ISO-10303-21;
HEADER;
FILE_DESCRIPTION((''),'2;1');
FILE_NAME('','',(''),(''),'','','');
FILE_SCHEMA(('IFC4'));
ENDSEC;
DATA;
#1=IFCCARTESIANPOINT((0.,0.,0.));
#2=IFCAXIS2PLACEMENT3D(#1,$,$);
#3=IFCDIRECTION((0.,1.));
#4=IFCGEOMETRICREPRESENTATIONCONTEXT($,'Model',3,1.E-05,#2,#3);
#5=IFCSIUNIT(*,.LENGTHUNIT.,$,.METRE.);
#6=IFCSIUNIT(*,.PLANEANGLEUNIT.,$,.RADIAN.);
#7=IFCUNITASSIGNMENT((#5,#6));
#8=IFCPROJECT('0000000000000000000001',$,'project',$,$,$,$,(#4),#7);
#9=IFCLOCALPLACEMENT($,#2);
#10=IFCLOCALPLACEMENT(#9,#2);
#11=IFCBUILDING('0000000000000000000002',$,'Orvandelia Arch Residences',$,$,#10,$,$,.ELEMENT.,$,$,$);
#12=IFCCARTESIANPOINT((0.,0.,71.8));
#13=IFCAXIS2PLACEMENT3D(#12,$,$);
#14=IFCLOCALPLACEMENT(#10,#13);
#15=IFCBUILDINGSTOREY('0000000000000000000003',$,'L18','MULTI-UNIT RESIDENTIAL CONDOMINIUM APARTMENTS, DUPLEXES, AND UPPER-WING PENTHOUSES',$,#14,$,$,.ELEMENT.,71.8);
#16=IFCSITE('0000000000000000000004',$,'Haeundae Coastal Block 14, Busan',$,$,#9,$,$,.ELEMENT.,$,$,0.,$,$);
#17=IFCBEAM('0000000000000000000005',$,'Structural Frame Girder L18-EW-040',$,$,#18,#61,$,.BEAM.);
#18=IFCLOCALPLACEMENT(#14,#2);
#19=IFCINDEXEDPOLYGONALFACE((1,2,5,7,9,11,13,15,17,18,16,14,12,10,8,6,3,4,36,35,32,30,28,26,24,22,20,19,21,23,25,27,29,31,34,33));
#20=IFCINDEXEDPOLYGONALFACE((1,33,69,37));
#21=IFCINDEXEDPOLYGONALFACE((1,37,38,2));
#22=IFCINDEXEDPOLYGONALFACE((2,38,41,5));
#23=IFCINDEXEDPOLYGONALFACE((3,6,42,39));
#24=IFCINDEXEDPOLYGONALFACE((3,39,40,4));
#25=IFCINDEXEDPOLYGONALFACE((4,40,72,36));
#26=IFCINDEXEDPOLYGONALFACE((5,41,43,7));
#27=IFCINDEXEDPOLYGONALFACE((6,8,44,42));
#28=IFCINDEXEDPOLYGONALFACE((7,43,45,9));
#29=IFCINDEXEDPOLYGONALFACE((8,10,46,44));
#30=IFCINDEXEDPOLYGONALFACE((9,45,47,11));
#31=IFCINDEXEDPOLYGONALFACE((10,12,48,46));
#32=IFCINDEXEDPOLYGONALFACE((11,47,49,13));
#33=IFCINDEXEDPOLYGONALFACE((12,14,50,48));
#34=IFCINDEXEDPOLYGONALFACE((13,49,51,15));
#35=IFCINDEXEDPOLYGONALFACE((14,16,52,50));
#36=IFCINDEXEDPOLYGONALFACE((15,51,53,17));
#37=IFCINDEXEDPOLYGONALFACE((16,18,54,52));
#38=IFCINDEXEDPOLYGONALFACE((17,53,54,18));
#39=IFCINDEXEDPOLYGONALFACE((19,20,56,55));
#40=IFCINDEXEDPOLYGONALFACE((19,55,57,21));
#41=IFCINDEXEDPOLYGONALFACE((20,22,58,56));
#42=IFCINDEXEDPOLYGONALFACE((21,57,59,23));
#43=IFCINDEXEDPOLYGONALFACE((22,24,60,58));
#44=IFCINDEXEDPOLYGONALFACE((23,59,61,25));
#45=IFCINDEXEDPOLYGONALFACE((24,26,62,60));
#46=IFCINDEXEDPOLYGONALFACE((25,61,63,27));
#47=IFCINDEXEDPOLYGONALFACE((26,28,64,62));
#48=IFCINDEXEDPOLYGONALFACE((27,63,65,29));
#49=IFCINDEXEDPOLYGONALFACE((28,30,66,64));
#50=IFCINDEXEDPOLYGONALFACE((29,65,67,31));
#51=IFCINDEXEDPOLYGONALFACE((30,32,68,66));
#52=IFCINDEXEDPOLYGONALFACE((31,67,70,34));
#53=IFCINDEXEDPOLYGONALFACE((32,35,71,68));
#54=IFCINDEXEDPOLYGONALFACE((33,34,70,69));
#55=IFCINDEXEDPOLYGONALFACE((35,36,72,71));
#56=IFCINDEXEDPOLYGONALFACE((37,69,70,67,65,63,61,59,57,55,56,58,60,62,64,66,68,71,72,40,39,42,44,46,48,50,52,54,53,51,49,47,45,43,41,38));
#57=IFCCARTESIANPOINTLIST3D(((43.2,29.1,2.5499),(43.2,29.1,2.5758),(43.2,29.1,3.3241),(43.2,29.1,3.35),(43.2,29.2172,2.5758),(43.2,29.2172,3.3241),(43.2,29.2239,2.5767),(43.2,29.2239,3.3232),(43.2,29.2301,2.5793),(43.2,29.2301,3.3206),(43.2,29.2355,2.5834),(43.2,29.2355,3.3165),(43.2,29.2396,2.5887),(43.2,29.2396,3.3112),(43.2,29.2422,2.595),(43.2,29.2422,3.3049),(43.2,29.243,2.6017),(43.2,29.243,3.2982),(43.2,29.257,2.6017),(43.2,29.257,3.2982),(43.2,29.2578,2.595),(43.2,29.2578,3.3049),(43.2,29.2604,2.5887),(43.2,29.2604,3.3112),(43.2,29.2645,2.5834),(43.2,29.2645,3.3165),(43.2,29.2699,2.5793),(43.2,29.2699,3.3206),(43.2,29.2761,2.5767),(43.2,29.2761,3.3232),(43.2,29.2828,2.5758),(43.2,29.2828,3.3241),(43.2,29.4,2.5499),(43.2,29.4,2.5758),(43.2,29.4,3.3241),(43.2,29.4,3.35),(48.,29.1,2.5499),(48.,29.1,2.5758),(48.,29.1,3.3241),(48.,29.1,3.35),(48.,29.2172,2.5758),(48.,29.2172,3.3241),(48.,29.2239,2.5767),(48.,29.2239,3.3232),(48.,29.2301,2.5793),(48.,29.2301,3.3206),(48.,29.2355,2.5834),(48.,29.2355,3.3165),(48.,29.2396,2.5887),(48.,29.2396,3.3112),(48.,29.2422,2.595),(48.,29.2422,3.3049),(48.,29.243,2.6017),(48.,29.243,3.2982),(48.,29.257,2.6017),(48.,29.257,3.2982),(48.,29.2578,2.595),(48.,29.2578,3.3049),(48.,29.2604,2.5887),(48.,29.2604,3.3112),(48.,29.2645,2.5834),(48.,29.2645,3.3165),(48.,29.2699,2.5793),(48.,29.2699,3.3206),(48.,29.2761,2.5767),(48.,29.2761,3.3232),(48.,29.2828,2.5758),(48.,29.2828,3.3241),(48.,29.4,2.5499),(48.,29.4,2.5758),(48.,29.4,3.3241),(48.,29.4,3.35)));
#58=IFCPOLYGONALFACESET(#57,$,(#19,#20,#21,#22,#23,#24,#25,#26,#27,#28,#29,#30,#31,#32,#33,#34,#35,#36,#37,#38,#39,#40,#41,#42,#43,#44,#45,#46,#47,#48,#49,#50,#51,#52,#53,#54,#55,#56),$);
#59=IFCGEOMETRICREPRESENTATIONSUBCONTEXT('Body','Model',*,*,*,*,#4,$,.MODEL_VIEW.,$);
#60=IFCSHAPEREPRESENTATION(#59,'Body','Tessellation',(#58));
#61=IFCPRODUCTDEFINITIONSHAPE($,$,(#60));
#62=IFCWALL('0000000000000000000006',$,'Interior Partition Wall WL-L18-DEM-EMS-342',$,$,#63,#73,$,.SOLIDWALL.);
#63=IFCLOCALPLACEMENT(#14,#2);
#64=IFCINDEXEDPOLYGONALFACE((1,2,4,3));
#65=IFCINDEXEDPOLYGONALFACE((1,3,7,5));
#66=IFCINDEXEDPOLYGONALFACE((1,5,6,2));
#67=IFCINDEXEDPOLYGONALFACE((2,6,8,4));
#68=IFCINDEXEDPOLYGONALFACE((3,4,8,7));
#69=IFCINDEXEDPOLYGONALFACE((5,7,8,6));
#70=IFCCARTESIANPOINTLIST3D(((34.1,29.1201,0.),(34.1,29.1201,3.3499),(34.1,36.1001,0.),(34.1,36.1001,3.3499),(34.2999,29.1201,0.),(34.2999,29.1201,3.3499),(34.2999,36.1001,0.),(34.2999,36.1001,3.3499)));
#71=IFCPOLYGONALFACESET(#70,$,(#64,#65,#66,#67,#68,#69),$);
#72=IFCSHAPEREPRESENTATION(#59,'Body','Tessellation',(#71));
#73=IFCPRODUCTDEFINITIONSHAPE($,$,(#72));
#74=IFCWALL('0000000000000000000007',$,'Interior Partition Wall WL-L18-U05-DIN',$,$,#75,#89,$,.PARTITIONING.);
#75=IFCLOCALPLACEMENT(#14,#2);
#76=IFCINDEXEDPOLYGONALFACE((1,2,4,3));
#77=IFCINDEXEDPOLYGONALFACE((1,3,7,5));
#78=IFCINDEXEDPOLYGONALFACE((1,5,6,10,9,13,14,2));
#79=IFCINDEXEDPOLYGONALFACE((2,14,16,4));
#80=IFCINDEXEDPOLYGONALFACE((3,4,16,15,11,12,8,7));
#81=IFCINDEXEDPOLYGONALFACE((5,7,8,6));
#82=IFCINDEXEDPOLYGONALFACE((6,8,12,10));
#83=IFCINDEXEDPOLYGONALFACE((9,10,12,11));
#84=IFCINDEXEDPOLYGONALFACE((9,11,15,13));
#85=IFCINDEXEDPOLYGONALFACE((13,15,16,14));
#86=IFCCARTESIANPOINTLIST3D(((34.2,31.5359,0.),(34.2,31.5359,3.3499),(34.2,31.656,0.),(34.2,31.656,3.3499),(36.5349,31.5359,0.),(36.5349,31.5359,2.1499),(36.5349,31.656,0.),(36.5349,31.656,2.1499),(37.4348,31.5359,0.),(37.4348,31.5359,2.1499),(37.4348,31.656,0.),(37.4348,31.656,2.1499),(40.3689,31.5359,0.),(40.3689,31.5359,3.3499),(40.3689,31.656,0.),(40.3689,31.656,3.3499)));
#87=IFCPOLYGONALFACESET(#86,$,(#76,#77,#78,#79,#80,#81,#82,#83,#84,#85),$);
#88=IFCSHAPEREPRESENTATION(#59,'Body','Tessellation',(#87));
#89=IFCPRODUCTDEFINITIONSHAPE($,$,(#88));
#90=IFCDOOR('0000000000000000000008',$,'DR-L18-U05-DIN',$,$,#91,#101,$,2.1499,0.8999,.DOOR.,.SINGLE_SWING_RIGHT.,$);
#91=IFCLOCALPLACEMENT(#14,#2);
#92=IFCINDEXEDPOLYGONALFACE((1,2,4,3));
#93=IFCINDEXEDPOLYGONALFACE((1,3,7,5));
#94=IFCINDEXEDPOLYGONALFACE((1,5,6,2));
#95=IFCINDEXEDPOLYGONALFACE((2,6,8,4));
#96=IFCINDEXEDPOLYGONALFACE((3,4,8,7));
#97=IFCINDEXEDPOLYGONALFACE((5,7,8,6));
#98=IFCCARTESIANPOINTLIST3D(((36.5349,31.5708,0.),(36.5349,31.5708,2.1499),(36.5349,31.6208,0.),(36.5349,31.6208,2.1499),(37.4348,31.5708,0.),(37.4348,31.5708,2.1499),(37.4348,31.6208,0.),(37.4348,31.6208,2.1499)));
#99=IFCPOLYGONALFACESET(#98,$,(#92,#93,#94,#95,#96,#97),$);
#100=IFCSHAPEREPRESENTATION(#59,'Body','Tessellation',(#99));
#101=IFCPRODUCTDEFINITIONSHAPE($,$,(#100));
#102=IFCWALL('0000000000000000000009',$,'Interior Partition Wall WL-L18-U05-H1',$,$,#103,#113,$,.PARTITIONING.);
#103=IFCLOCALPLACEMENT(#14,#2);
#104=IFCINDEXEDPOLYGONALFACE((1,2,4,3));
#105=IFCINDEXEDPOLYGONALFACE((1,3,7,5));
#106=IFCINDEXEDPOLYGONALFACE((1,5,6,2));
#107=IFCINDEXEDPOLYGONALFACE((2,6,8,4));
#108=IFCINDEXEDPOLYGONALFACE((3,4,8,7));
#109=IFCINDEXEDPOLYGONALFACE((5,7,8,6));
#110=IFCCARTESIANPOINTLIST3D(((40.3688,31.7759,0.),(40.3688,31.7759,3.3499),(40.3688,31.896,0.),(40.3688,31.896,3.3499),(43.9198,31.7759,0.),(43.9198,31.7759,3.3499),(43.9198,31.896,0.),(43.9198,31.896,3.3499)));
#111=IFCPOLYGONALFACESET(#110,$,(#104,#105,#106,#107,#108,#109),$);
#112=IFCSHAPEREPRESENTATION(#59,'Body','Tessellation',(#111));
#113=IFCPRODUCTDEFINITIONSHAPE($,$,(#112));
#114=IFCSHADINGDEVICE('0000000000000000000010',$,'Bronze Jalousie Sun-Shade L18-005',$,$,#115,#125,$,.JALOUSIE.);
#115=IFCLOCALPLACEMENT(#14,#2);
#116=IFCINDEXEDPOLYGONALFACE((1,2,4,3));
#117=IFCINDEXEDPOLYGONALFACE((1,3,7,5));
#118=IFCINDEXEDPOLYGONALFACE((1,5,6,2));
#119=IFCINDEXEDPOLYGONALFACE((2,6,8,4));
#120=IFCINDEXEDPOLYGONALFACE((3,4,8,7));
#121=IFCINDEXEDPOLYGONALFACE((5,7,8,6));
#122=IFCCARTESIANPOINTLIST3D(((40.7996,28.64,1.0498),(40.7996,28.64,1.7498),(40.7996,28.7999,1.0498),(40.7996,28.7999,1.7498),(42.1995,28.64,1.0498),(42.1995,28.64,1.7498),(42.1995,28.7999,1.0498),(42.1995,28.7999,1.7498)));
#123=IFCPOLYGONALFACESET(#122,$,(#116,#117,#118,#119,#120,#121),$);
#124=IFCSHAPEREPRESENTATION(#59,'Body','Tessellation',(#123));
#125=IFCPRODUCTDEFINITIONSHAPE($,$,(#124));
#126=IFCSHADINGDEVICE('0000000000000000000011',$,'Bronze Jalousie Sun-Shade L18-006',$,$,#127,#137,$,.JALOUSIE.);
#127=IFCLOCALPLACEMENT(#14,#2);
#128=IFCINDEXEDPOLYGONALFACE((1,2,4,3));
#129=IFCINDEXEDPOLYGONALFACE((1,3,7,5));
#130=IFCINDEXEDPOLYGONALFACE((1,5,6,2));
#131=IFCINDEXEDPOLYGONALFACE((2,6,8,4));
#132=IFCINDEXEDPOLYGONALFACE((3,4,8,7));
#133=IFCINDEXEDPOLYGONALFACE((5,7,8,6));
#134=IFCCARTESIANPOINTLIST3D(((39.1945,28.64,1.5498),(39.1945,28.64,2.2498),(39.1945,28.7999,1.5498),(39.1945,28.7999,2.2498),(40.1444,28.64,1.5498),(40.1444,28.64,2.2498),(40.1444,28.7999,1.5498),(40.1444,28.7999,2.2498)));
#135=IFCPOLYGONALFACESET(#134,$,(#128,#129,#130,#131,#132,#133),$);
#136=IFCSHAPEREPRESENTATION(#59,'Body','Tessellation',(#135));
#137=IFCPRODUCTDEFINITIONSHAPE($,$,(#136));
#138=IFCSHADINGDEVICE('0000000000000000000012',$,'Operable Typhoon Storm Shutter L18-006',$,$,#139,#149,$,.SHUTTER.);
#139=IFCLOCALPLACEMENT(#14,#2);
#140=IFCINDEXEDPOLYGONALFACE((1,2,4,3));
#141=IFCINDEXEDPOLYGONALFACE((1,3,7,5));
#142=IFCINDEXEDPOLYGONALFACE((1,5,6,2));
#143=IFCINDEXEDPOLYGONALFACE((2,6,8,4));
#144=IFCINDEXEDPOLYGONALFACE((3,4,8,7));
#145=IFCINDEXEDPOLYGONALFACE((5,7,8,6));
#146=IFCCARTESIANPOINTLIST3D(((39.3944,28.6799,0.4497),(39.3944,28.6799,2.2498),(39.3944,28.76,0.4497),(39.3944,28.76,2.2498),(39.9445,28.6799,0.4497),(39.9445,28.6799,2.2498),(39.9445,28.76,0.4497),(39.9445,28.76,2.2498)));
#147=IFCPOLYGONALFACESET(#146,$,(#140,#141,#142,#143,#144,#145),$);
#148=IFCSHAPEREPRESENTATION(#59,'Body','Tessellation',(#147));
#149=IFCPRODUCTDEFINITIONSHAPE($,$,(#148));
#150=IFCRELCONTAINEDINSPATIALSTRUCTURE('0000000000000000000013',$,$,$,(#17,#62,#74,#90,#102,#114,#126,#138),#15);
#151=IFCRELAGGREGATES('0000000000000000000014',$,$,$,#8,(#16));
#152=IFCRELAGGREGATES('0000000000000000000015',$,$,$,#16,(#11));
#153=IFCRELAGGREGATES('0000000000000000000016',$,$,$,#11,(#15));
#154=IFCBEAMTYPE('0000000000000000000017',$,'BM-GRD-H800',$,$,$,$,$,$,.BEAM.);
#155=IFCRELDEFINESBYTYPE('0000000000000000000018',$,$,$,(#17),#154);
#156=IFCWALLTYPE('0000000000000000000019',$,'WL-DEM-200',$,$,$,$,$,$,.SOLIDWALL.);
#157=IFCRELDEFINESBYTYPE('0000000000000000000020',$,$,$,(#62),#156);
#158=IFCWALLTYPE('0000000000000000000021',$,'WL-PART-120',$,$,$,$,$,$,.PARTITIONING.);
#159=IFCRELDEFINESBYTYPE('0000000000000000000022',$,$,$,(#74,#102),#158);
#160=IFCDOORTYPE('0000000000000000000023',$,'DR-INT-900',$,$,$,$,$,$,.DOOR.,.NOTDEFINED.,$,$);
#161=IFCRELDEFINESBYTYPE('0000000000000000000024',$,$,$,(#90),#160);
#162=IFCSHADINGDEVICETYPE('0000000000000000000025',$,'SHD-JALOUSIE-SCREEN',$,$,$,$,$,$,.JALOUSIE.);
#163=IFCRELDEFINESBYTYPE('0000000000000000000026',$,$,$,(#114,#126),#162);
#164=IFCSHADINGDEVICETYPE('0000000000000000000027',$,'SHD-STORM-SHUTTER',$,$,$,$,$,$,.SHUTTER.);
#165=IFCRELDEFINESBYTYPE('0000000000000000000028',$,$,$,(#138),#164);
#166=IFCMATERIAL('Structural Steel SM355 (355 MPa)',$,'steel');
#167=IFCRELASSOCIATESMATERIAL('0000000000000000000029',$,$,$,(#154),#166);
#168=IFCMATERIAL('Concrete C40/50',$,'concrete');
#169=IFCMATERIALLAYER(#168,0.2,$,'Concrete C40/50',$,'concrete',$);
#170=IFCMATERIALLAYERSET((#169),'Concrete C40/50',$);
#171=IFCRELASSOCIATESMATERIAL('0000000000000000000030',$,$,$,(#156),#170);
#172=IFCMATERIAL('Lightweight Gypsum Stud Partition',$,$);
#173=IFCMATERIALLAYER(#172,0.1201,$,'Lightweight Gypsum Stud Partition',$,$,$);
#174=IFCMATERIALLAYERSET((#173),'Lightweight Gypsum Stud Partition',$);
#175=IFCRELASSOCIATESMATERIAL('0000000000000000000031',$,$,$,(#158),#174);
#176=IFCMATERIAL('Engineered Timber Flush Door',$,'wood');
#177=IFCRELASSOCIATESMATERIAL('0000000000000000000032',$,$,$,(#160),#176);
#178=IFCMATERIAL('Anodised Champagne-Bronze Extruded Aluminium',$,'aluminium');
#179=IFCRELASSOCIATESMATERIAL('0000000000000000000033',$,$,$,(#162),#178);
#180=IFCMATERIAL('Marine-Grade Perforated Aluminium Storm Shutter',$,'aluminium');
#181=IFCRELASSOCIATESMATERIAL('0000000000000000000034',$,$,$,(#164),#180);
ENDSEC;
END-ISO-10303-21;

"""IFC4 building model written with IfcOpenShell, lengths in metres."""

from ifc_helpers import new_model, si_unit, direction, frame, frame_2d, origin, origin_2d, place, context, subcontext, project, spatial, rectangle, i_section, extrude, material, layer, layer_set, material_profile, profile_set, type_object, element, fill, save


model = new_model("IFC4")

# Units and contexts
model_context = context("Model", 3, precision=1e-05, world=origin(), true_north=direction((0.0, 1.0)))
body_context = subcontext(model_context, "Body", "Model", "MODEL_VIEW")
ifc_project = project(units=[si_unit("LENGTHUNIT", "METRE"), si_unit("PLANEANGLEUNIT", "RADIAN")], contexts=[model_context])

# Site, building, storey
site_placement = place(None, origin())
site = spatial("IfcSite", under=ifc_project, at=site_placement, Name="Haeundae Coastal Block 14, Busan", CompositionType="ELEMENT", RefElevation=0.0)
building_placement = place(site_placement, origin())
building = spatial("IfcBuilding", under=site, at=building_placement, Name="Orvandelia Arch Residences", CompositionType="ELEMENT")
storey_placement = place(building_placement, frame((0.0, 0.0, 71.8)))
storey = spatial("IfcBuildingStorey", under=building, at=storey_placement, Name="L18", Description="MULTI-UNIT RESIDENTIAL CONDOMINIUM APARTMENTS, DUPLEXES, AND UPPER-WING PENTHOUSES", CompositionType="ELEMENT", Elevation=71.8)

# Beam
ifc_material_1 = material(Name="Structural Steel SM355 (355 MPa)", Category="steel")
ifc_material_profile_1 = material_profile(ifc_material_1, i_section(OverallWidth=0.3, OverallDepth=0.8, WebThickness=0.0139, FlangeThickness=0.0259, FilletRadius=0.0259, at=origin_2d()), Name="Structural Steel SM355 (355 MPa)", Category="steel")
ifc_profile_set_1 = profile_set([ifc_material_profile_1], Name="Structural Steel SM355 (355 MPa)")
beam_type = type_object("IfcBeamType", Name="BM-GRD-H800", PredefinedType="BEAM", material=ifc_profile_set_1)
for number, where, z_axis, x_axis, name in (
    (1, (43.2, 29.25, 2.95), (1.0, 0.0, 0.0), (0.0, 1.0, 0.0), "Structural Frame Girder L18-EW-040"),
):
    element("IfcBeam", number, at=place(storey_placement, frame(where, z_axis=z_axis, x_axis=x_axis)), inside=storey, type_object=beam_type, Name=name, PredefinedType="BEAM", context=body_context, shape_type="SweptSolid", body=[
        extrude(i_section(OverallWidth=0.3, OverallDepth=0.8, WebThickness=0.0139, FlangeThickness=0.0259, FilletRadius=0.0259, at=origin_2d()), origin(), (0.0, 0.0, 1.0), 4.8),
    ])

# Wall
ifc_material_2 = material(Name="Concrete C40/50", Category="concrete")
ifc_layer_1 = layer(ifc_material_2, 0.2, Name="Concrete C40/50", Category="concrete")
ifc_layer_set_1 = layer_set([ifc_layer_1], Name="Concrete C40/50")
wall_type_1 = type_object("IfcWallType", Name="WL-DEM-200", PredefinedType="SOLIDWALL", material=ifc_layer_set_1)
wall_1_placement = place(storey_placement, frame((34.2, 29.1201, 0.0), z_axis=(0.0, 0.0, 1.0), x_axis=(0.0, 1.0, 0.0)))
element("IfcWall", 2, at=wall_1_placement, inside=storey, type_object=wall_type_1, Name="Interior Partition Wall WL-L18-DEM-EMS-342", PredefinedType="SOLIDWALL", context=body_context, shape_type="SweptSolid", body=[
    extrude(rectangle(XDim=6.98, YDim=0.2, at=frame_2d((3.49, 0.0))), origin(), (0.0, 0.0, 1.0), 3.3499),
])

# Wall, opening, door
ifc_material_3 = material(Name="Lightweight Gypsum Stud Partition")
ifc_layer_2 = layer(ifc_material_3, 0.1201, Name="Lightweight Gypsum Stud Partition")
ifc_layer_set_2 = layer_set([ifc_layer_2], Name="Lightweight Gypsum Stud Partition")
wall_type_2 = type_object("IfcWallType", Name="WL-PART-120", PredefinedType="PARTITIONING", material=ifc_layer_set_2)
wall_2_placement = place(storey_placement, frame((34.2, 31.5959, 0.0), z_axis=(0.0, 0.0, 1.0), x_axis=(1.0, 0.0, 0.0)))
wall_2 = element("IfcWall", 3, at=wall_2_placement, inside=storey, type_object=wall_type_2, Name="Interior Partition Wall WL-L18-U05-DIN", PredefinedType="PARTITIONING", context=body_context, shape_type="SweptSolid", body=[
    extrude(rectangle(XDim=6.1689, YDim=0.1201, at=frame_2d((3.0845, 0.0))), origin(), (0.0, 0.0, 1.0), 3.3499),
])
opening_1_placement = place(wall_2_placement, frame((2.335, 0.0, 0.0)))
opening_1 = element("IfcOpeningElement", 4, at=opening_1_placement, cuts=wall_2, PredefinedType="OPENING", context=body_context, shape_type="SweptSolid", body=[
    extrude(rectangle(XDim=0.8999, YDim=2.1499, at=frame_2d((0.45, 1.075))), frame((0.0, 0.0701, 0.0), z_axis=(0.0, -1.0, 0.0), x_axis=(1.0, 0.0, 0.0)), (0.0, 0.0, 1.0), 0.1401),
])
ifc_material_4 = material(Name="Engineered Timber Flush Door", Category="wood")
door_type_1 = type_object("IfcDoorType", Name="DR-INT-900", OperationType="NOTDEFINED", PredefinedType="DOOR", material=ifc_material_4)
door_1_placement = place(opening_1_placement, origin())
door_1 = element("IfcDoor", 5, at=door_1_placement, inside=storey, type_object=door_type_1, Name="DR-L18-U05-DIN", OperationType="SINGLE_SWING_RIGHT", OverallHeight=2.1499, OverallWidth=0.8999, PredefinedType="DOOR", context=body_context, shape_type="SweptSolid", body=[
    extrude(rectangle(XDim=0.8999, YDim=2.1499, at=frame_2d((0.45, 1.075))), frame((0.0, 0.0249, 0.0), z_axis=(0.0, -1.0, 0.0), x_axis=(1.0, 0.0, 0.0)), (0.0, 0.0, 1.0), 0.05),
])
fill(opening_1, door_1)

# Wall
wall_3_placement = place(storey_placement, frame((40.3689, 31.8359, 0.0), z_axis=(0.0, 0.0, 1.0), x_axis=(1.0, 0.0, 0.0)))
element("IfcWall", 6, at=wall_3_placement, inside=storey, type_object=wall_type_2, Name="Interior Partition Wall WL-L18-U05-H1", PredefinedType="PARTITIONING", context=body_context, shape_type="SweptSolid", body=[
    extrude(rectangle(XDim=3.551, YDim=0.1201, at=frame_2d((1.7754, 0.0))), origin(), (0.0, 0.0, 1.0), 3.3499),
])

# Shading devices
ifc_material_5 = material(Name="Anodised Champagne-Bronze Extruded Aluminium", Category="aluminium")
shading_device_type_1 = type_object("IfcShadingDeviceType", Name="SHD-JALOUSIE-SCREEN", PredefinedType="JALOUSIE", material=ifc_material_5)
shading_device_1_placement = place(storey_placement, frame((41.4995, 28.72, 1.0498), z_axis=(0.0, 0.0, 1.0), x_axis=(-1.0, 0.0, 0.0)))
element("IfcShadingDevice", 7, at=shading_device_1_placement, inside=storey, type_object=shading_device_type_1, Name="Bronze Jalousie Sun-Shade L18-005", PredefinedType="JALOUSIE", context=body_context, shape_type="SweptSolid", body=[
    extrude(rectangle(XDim=1.3999, YDim=0.1599, at=origin_2d()), origin(), (0.0, 0.0, 1.0), 0.7),
])
shading_device_2_placement = place(storey_placement, frame((39.6694, 28.72, 1.5498), z_axis=(0.0, 0.0, 1.0), x_axis=(-1.0, 0.0, 0.0)))
element("IfcShadingDevice", 8, at=shading_device_2_placement, inside=storey, type_object=shading_device_type_1, Name="Bronze Jalousie Sun-Shade L18-006", PredefinedType="JALOUSIE", context=body_context, shape_type="SweptSolid", body=[
    extrude(rectangle(XDim=0.95, YDim=0.1599, at=origin_2d()), origin(), (0.0, 0.0, 1.0), 0.7),
])
ifc_material_6 = material(Name="Marine-Grade Perforated Aluminium Storm Shutter", Category="aluminium")
shading_device_type_2 = type_object("IfcShadingDeviceType", Name="SHD-STORM-SHUTTER", PredefinedType="SHUTTER", material=ifc_material_6)
shading_device_3_placement = place(storey_placement, frame((39.6694, 28.72, 0.4497), z_axis=(0.0, 0.0, 1.0), x_axis=(-1.0, 0.0, 0.0)))
element("IfcShadingDevice", 9, at=shading_device_3_placement, inside=storey, type_object=shading_device_type_2, Name="Operable Typhoon Storm Shutter L18-006", PredefinedType="SHUTTER", context=body_context, shape_type="SweptSolid", body=[
    extrude(rectangle(XDim=0.55, YDim=0.0801, at=origin_2d()), origin(), (0.0, 0.0, 1.0), 1.8),
])

save(model, "model.ifc")
